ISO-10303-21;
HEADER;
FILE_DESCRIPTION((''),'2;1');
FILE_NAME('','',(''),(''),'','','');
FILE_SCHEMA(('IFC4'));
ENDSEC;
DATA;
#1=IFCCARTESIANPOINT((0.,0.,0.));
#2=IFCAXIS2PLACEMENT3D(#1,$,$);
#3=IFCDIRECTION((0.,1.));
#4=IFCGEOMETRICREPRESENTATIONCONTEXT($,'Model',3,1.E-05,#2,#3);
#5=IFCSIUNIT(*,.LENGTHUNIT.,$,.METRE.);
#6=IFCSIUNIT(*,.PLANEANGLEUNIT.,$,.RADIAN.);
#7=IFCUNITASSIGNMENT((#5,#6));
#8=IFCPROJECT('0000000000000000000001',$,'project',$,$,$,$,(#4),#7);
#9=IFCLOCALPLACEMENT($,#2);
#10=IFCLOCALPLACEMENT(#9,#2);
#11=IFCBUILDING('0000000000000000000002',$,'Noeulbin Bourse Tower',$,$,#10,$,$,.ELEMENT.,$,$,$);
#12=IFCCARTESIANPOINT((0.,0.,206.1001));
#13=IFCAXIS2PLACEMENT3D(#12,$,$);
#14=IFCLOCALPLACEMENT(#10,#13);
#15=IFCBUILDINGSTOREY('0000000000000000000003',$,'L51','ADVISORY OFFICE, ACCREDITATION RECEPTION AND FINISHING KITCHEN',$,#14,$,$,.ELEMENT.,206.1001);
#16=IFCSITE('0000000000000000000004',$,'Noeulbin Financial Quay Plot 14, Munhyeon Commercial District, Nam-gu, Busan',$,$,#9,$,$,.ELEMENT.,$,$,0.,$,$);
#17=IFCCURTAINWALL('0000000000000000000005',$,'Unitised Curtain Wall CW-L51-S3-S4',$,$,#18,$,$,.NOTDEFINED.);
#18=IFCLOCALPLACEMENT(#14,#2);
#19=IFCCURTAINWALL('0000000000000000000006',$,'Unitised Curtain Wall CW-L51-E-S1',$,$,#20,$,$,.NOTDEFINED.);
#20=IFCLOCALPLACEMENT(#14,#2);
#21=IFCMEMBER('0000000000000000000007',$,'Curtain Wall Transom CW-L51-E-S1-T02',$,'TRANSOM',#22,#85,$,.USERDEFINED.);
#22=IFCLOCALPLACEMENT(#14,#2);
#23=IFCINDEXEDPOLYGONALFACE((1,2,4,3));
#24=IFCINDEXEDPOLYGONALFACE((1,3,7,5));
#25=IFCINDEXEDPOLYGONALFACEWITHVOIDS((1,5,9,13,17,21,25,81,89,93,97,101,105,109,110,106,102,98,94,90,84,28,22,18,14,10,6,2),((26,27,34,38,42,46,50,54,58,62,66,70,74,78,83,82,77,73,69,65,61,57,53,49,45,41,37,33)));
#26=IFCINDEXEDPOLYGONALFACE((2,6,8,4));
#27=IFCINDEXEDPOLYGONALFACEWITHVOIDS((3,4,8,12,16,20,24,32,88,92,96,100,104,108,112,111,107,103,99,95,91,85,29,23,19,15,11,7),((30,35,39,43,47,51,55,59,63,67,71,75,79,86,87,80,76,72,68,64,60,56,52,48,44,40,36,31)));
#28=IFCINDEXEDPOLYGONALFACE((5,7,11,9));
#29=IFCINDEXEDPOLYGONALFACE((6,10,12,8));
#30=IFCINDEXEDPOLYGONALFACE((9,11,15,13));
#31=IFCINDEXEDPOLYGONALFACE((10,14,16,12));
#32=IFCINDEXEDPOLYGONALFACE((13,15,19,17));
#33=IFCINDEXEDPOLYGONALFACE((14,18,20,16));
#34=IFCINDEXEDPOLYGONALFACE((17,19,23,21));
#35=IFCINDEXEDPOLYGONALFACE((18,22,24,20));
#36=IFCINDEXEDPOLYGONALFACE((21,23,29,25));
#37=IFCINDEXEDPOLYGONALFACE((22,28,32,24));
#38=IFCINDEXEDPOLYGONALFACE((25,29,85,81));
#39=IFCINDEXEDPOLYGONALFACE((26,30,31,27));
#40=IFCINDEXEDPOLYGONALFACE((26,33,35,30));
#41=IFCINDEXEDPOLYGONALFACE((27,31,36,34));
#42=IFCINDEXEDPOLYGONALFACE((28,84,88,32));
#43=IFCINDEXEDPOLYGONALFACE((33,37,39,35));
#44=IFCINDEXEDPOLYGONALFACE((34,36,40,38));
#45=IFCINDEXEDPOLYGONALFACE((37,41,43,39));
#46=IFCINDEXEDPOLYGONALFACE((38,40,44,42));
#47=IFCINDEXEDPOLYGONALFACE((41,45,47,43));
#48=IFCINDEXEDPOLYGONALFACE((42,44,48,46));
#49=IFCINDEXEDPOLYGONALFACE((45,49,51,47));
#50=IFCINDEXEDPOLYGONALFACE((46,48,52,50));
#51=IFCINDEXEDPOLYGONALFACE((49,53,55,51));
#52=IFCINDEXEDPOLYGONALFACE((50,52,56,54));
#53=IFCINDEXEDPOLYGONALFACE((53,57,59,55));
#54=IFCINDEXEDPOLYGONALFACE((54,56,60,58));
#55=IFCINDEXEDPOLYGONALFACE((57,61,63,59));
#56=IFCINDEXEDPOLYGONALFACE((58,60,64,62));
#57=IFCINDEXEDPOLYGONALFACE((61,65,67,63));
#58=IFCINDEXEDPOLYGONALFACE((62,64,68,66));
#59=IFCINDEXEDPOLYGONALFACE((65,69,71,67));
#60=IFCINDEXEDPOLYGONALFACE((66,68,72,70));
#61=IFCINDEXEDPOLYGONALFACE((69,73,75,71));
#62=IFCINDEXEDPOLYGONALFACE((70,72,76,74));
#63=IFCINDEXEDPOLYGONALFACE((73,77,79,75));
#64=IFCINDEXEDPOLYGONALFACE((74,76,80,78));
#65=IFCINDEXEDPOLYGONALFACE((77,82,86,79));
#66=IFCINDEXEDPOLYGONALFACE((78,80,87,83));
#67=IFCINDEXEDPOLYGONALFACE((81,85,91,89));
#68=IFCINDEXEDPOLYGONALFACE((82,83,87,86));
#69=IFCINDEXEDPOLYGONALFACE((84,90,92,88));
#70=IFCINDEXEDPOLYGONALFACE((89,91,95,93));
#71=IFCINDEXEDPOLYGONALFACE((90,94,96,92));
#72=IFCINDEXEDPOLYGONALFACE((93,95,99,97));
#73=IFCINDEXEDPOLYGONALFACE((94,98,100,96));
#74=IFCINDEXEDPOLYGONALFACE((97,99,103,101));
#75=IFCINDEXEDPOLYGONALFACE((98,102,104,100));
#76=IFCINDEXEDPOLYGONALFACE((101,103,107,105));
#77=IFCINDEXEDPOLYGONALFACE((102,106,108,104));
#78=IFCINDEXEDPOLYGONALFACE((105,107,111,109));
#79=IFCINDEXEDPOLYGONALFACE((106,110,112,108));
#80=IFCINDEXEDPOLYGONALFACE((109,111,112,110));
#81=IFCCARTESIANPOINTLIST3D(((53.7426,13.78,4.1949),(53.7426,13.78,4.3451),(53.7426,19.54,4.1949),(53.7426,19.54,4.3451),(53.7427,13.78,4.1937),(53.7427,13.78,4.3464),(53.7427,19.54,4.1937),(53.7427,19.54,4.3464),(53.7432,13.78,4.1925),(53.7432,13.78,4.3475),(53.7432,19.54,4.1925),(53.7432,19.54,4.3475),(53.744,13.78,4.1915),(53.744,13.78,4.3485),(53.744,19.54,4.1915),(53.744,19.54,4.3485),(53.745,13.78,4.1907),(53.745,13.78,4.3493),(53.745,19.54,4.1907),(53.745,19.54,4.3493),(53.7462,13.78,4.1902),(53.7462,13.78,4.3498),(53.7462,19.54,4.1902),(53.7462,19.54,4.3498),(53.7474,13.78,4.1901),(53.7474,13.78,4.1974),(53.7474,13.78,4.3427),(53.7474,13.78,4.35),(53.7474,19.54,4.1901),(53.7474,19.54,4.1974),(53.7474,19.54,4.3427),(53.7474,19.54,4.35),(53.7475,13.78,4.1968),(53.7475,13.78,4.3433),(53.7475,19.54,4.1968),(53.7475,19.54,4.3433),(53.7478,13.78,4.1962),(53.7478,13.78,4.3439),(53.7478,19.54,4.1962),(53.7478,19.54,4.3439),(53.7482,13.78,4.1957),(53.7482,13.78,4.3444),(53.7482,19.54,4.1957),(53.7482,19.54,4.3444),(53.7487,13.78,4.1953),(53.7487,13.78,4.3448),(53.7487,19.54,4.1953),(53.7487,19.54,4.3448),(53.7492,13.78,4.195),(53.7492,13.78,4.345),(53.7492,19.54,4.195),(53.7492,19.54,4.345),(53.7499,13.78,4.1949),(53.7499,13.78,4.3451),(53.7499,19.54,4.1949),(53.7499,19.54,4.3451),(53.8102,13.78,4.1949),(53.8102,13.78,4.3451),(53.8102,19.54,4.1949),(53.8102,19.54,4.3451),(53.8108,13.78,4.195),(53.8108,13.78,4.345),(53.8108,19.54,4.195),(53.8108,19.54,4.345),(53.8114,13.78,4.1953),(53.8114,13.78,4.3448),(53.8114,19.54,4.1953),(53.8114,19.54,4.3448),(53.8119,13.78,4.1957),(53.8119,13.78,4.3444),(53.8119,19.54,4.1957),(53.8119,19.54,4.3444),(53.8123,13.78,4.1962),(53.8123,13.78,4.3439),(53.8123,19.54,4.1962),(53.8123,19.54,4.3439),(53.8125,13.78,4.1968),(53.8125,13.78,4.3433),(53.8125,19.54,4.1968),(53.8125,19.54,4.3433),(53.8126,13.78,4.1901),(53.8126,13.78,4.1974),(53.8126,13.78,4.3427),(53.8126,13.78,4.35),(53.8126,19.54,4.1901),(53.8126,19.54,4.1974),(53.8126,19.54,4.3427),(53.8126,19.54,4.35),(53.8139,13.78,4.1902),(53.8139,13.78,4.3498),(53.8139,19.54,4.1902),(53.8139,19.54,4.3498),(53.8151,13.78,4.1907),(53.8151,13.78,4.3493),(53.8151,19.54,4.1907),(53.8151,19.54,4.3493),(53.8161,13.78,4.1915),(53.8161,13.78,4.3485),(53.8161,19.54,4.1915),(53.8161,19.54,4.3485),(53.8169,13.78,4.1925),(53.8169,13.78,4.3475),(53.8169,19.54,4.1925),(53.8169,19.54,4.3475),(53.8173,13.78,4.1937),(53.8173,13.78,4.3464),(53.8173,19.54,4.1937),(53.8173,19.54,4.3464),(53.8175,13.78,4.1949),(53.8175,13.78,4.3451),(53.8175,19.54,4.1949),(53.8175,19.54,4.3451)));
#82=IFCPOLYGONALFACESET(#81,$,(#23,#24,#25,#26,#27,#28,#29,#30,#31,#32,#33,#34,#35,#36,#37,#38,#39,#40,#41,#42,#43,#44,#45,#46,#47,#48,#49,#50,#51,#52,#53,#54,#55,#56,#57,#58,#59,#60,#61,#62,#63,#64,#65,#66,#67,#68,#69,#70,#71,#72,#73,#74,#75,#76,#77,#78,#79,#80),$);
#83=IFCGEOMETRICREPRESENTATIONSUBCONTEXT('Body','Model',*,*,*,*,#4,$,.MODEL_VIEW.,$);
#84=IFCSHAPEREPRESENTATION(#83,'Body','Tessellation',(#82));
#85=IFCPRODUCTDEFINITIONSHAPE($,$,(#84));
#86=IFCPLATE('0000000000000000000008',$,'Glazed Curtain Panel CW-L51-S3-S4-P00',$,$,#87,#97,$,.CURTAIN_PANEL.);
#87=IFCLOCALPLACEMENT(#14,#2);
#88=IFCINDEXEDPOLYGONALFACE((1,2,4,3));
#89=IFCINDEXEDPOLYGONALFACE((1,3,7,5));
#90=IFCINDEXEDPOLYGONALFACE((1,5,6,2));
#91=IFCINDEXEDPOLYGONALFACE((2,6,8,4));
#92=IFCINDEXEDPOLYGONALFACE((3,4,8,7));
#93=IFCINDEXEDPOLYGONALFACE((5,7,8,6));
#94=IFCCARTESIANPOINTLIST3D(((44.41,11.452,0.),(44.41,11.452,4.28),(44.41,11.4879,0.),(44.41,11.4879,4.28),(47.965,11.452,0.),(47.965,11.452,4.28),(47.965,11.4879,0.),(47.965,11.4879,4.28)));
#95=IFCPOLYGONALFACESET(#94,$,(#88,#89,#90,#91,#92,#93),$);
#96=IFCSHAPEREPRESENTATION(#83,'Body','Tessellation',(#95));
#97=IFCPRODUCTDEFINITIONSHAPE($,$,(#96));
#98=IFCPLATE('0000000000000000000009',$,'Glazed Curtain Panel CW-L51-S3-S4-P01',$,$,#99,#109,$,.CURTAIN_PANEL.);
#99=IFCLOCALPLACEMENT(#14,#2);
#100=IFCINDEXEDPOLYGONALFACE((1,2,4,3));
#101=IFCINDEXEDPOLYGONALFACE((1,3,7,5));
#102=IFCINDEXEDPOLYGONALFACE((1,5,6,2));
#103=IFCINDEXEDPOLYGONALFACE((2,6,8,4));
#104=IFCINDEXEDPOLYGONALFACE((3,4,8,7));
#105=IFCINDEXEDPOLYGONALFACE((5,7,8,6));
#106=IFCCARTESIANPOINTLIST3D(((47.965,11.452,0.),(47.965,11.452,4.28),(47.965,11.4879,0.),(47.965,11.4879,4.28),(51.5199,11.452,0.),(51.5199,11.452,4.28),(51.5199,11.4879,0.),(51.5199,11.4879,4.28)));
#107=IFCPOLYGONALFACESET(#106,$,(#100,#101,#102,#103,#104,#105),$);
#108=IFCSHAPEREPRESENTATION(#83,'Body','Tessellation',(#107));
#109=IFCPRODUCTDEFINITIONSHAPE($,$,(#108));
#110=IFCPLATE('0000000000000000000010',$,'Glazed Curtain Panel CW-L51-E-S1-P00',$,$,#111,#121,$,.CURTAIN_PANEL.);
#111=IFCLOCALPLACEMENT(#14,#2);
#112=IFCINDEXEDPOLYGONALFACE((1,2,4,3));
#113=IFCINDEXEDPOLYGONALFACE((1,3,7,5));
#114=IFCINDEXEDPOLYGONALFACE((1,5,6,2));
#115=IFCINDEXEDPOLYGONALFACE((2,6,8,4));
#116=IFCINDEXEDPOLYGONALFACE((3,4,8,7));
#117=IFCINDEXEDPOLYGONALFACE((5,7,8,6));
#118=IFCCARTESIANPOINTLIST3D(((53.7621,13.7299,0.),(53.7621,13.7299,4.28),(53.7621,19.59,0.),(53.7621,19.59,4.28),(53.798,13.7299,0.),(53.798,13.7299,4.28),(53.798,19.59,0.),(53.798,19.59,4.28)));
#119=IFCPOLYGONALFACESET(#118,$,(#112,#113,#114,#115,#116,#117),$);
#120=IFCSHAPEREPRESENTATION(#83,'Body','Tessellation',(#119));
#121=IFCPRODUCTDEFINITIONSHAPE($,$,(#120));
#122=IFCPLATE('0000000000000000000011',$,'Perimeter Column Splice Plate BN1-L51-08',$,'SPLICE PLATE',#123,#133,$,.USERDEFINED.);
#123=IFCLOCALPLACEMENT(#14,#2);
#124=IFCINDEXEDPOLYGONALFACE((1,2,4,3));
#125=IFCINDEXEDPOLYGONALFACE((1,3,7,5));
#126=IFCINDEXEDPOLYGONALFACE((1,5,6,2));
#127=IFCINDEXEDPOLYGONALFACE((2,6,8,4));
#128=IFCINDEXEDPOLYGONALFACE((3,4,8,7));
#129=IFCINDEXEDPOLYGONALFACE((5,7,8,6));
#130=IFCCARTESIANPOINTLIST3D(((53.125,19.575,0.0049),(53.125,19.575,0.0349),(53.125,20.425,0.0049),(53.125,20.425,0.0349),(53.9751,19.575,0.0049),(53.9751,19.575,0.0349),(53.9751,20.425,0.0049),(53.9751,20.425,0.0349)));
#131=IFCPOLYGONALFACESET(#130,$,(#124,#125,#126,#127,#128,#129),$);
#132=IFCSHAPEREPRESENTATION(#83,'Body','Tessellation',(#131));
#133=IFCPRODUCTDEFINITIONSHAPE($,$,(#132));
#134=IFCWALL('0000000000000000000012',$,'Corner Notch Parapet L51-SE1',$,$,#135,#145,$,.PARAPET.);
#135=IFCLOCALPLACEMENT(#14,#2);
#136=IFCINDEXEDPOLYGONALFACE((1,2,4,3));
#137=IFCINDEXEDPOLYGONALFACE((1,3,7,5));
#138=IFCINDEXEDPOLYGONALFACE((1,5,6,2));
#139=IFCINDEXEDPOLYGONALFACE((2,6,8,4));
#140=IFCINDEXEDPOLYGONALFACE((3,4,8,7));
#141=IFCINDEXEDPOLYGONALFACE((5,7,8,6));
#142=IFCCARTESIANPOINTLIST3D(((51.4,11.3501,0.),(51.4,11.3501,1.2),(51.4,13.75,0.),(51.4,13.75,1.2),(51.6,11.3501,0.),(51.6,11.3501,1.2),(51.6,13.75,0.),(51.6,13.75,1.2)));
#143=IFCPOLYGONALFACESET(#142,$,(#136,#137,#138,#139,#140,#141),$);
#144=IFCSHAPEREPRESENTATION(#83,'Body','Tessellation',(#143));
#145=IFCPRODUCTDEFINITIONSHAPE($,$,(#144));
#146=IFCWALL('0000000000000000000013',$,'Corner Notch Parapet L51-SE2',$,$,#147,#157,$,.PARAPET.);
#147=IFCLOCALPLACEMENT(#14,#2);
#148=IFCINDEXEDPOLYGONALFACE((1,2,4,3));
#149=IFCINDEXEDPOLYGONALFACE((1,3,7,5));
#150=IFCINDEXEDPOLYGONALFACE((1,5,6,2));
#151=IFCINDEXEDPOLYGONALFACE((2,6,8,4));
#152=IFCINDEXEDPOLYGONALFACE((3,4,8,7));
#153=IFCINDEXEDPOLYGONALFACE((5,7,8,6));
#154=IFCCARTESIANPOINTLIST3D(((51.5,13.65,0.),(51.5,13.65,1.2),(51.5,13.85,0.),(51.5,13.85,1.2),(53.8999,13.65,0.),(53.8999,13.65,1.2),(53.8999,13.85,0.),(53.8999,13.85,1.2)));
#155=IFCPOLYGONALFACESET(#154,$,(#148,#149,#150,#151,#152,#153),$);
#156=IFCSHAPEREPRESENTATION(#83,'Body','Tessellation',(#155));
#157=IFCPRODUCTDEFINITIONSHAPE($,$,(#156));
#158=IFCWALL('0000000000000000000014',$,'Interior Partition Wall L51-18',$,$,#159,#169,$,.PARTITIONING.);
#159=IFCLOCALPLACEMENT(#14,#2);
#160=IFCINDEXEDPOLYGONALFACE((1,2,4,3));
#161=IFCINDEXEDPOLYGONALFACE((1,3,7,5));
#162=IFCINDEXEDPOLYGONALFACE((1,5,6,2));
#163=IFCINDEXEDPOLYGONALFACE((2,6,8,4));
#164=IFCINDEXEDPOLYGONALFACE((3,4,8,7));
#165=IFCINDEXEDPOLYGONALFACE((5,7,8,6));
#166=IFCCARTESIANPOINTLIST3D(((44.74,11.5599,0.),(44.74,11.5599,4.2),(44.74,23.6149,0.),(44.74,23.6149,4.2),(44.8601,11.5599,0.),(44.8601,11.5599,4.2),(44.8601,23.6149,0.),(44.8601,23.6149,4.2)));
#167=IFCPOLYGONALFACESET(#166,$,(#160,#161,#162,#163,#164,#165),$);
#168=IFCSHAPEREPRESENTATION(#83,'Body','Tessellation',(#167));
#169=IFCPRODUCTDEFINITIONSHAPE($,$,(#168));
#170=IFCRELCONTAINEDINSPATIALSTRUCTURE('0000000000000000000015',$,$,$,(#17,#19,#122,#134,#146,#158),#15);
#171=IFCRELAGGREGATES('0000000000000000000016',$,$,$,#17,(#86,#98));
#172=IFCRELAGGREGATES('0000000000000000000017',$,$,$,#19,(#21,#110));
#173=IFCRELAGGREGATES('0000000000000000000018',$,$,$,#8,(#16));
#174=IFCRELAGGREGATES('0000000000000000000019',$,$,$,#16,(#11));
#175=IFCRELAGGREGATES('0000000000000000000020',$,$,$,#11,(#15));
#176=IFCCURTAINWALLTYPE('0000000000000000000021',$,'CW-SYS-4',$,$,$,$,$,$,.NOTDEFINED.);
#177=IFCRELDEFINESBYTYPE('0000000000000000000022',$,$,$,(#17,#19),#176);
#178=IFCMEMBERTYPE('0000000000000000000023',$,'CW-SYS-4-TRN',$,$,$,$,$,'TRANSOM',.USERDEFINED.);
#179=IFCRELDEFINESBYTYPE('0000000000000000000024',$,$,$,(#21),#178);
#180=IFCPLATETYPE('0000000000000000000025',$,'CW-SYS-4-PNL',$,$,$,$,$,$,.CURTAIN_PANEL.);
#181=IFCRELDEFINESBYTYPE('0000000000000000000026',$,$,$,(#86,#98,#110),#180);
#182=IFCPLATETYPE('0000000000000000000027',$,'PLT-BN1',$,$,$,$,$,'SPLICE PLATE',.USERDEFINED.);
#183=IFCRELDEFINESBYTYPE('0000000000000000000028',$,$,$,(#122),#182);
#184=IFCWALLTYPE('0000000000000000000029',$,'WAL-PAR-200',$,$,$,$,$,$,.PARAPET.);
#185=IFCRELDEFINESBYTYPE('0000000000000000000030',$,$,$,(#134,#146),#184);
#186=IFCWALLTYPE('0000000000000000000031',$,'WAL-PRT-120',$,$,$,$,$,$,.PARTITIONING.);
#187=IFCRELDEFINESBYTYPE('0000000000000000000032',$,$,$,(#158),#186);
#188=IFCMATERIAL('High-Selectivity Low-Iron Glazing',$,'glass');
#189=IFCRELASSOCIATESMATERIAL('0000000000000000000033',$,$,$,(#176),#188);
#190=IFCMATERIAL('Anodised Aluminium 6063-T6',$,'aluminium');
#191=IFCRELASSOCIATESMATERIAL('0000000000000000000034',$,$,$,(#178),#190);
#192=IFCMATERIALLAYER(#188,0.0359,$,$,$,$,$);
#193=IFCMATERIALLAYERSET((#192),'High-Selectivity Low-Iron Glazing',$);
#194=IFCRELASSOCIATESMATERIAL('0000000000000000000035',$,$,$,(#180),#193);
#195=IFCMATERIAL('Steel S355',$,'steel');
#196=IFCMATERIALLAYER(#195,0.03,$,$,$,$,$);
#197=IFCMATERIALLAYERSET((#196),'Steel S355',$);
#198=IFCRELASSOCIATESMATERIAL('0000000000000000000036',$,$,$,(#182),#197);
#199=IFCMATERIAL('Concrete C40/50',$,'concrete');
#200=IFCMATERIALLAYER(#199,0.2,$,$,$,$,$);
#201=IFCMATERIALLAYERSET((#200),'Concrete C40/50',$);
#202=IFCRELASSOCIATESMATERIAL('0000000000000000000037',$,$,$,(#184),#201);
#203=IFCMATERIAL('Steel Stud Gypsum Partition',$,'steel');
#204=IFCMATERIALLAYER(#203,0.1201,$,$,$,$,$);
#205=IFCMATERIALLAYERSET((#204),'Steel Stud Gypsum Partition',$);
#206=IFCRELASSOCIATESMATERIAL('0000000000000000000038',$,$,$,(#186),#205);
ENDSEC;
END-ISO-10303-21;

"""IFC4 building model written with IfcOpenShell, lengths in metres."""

from ifc_helpers import new_model, si_unit, direction, frame, frame_2d, origin, origin_2d, place, context, subcontext, project, spatial, rectangle, hollow_rectangle, extrude, material, layer, layer_set, material_profile, profile_set, type_object, element, aggregate, save


model = new_model("IFC4")

# Units and contexts
model_context = context("Model", 3, precision=1e-05, world=origin(), true_north=direction((0.0, 1.0)))
body_context = subcontext(model_context, "Body", "Model", "MODEL_VIEW")
ifc_project = project(units=[si_unit("LENGTHUNIT", "METRE"), si_unit("PLANEANGLEUNIT", "RADIAN")], contexts=[model_context])

# Site, building, storey
site_placement = place(None, origin())
site = spatial("IfcSite", under=ifc_project, at=site_placement, Name="Noeulbin Financial Quay Plot 14, Munhyeon Commercial District, Nam-gu, Busan", CompositionType="ELEMENT", RefElevation=0.0)
building_placement = place(site_placement, origin())
building = spatial("IfcBuilding", under=site, at=building_placement, Name="Noeulbin Bourse Tower", CompositionType="ELEMENT")
storey_placement = place(building_placement, frame((0.0, 0.0, 206.1001)))
storey = spatial("IfcBuildingStorey", under=building, at=storey_placement, Name="L51", Description="ADVISORY OFFICE, ACCREDITATION RECEPTION AND FINISHING KITCHEN", CompositionType="ELEMENT", Elevation=206.1001)

# Shared definitions
ifc_material_1 = material(Name="Steel S355", Category="steel")

# Curtain walls
ifc_material_2 = material(Name="High-Selectivity Low-Iron Glazing", Category="glass")
curtain_wall_type = type_object("IfcCurtainWallType", Name="CW-SYS-4", PredefinedType="NOTDEFINED", material=ifc_material_2)
curtain_wall_1_placement = place(storey_placement, origin())
curtain_wall_1 = element("IfcCurtainWall", 1, at=curtain_wall_1_placement, inside=storey, type_object=curtain_wall_type, Name="Unitised Curtain Wall CW-L51-S3-S4", PredefinedType="NOTDEFINED")
ifc_material_3 = material(Name="Anodised Aluminium 6063-T6", Category="aluminium")
curtain_wall_2_placement = place(storey_placement, origin())
curtain_wall_2 = element("IfcCurtainWall", 2, at=curtain_wall_2_placement, inside=storey, type_object=curtain_wall_type, Name="Unitised Curtain Wall CW-L51-E-S1", PredefinedType="NOTDEFINED")

# Member
ifc_material_profile_1 = material_profile(ifc_material_3, hollow_rectangle(XDim=0.075, YDim=0.1599, WallThickness=0.0049, InnerFilletRadius=0.0024, OuterFilletRadius=0.0049, at=origin_2d()), Name="ALU-TRAN-75x160x5", Category="LoadBearing")
ifc_profile_set_1 = profile_set([ifc_material_profile_1], Name="Anodised Aluminium 6063-T6")
member_type_1 = type_object("IfcMemberType", Name="CW-SYS-4-TRN", ElementType="TRANSOM", PredefinedType="USERDEFINED", material=ifc_profile_set_1)
member_1_placement = place(storey_placement, frame((53.78, 13.78, 4.27), z_axis=(0.0, 1.0, 0.0), x_axis=(-1.0, 0.0, 0.0)))
member_1 = element("IfcMember", 3, at=member_1_placement, type_object=member_type_1, Name="Curtain Wall Transom CW-L51-E-S1-T02", ObjectType="TRANSOM", PredefinedType="USERDEFINED", context=body_context, shape_type="SweptSolid", body=[
    extrude(hollow_rectangle(XDim=0.075, YDim=0.1599, WallThickness=0.0049, InnerFilletRadius=0.0024, OuterFilletRadius=0.0049, at=origin_2d()), origin(), (0.0, 0.0, 1.0), 5.76),
])

# Plates
ifc_layer_1 = layer(ifc_material_2, 0.0359)
ifc_layer_set_1 = layer_set([ifc_layer_1], Name="High-Selectivity Low-Iron Glazing")
plate_type_1 = type_object("IfcPlateType", Name="CW-SYS-4-PNL", PredefinedType="CURTAIN_PANEL", material=ifc_layer_set_1)
plate_1_placement = place(storey_placement, frame((46.1875, 11.47, 0.0), z_axis=(0.0, 0.0, 1.0), x_axis=(1.0, 0.0, 0.0)))
plate_1 = element("IfcPlate", 4, at=plate_1_placement, type_object=plate_type_1, Name="Glazed Curtain Panel CW-L51-S3-S4-P00", PredefinedType="CURTAIN_PANEL", context=body_context, shape_type="SweptSolid", body=[
    extrude(rectangle(XDim=3.5549, YDim=0.0359, at=origin_2d()), origin(), (0.0, 0.0, 1.0), 4.28),
])
plate_2_placement = place(storey_placement, frame((49.7424, 11.47, 0.0), z_axis=(0.0, 0.0, 1.0), x_axis=(1.0, 0.0, 0.0)))
plate_2 = element("IfcPlate", 5, at=plate_2_placement, type_object=plate_type_1, Name="Glazed Curtain Panel CW-L51-S3-S4-P01", PredefinedType="CURTAIN_PANEL", context=body_context, shape_type="SweptSolid", body=[
    extrude(rectangle(XDim=3.5549, YDim=0.0359, at=origin_2d()), origin(), (0.0, 0.0, 1.0), 4.28),
])
aggregate(curtain_wall_1, [plate_1, plate_2])
plate_3_placement = place(storey_placement, frame((53.78, 16.6599, 0.0), z_axis=(0.0, 0.0, 1.0), x_axis=(0.0, 1.0, 0.0)))
plate_3 = element("IfcPlate", 6, at=plate_3_placement, type_object=plate_type_1, Name="Glazed Curtain Panel CW-L51-E-S1-P00", PredefinedType="CURTAIN_PANEL", context=body_context, shape_type="SweptSolid", body=[
    extrude(rectangle(XDim=5.8601, YDim=0.0359, at=origin_2d()), origin(), (0.0, 0.0, 1.0), 4.28),
])
aggregate(curtain_wall_2, [member_1, plate_3])
ifc_layer_2 = layer(ifc_material_1, 0.03)
ifc_layer_set_2 = layer_set([ifc_layer_2], Name="Steel S355")
plate_type_2 = type_object("IfcPlateType", Name="PLT-BN1", ElementType="SPLICE PLATE", PredefinedType="USERDEFINED", material=ifc_layer_set_2)
plate_4_placement = place(storey_placement, frame((53.55, 20.0, 0.0049), z_axis=(0.0, 0.0, 1.0), x_axis=(1.0, 0.0, 0.0)))
element("IfcPlate", 7, at=plate_4_placement, inside=storey, type_object=plate_type_2, Name="Perimeter Column Splice Plate BN1-L51-08", ObjectType="SPLICE PLATE", PredefinedType="USERDEFINED", context=body_context, shape_type="SweptSolid", body=[
    extrude(rectangle(XDim=0.8501, YDim=0.8501, at=origin_2d()), origin(), (0.0, 0.0, 1.0), 0.03),
])

# Walls
ifc_material_4 = material(Name="Concrete C40/50", Category="concrete")
ifc_layer_3 = layer(ifc_material_4, 0.2)
ifc_layer_set_3 = layer_set([ifc_layer_3], Name="Concrete C40/50")
wall_type_1 = type_object("IfcWallType", Name="WAL-PAR-200", PredefinedType="PARAPET", material=ifc_layer_set_3)
for number, where, z_axis, x_axis, name in (
    (8, (51.5, 11.3501, 0.0), (0.0, 0.0, 1.0), (0.0, 1.0, 0.0), "Corner Notch Parapet L51-SE1"),
    (9, (51.5, 13.75, 0.0), (0.0, 0.0, 1.0), (1.0, 0.0, 0.0), "Corner Notch Parapet L51-SE2"),
):
    element("IfcWall", number, at=place(storey_placement, frame(where, z_axis=z_axis, x_axis=x_axis)), inside=storey, type_object=wall_type_1, Name=name, PredefinedType="PARAPET", context=body_context, shape_type="SweptSolid", body=[
        extrude(rectangle(XDim=2.3999, YDim=0.2, at=frame_2d((1.2, 0.0))), origin(), (0.0, 0.0, 1.0), 1.2),
    ])
ifc_material_5 = material(Name="Steel Stud Gypsum Partition", Category="steel")
ifc_layer_4 = layer(ifc_material_5, 0.1201)
ifc_layer_set_4 = layer_set([ifc_layer_4], Name="Steel Stud Gypsum Partition")
wall_type_2 = type_object("IfcWallType", Name="WAL-PRT-120", PredefinedType="PARTITIONING", material=ifc_layer_set_4)
wall_placement = place(storey_placement, frame((44.8, 11.5601, 0.0), z_axis=(0.0, 0.0, 1.0), x_axis=(0.0, 1.0, 0.0)))
element("IfcWall", 10, at=wall_placement, inside=storey, type_object=wall_type_2, Name="Interior Partition Wall L51-18", PredefinedType="PARTITIONING", context=body_context, shape_type="SweptSolid", body=[
    extrude(rectangle(XDim=12.0549, YDim=0.1201, at=frame_2d((6.0273, 0.0))), origin(), (0.0, 0.0, 1.0), 4.2),
])

save(model, "model.ifc")
